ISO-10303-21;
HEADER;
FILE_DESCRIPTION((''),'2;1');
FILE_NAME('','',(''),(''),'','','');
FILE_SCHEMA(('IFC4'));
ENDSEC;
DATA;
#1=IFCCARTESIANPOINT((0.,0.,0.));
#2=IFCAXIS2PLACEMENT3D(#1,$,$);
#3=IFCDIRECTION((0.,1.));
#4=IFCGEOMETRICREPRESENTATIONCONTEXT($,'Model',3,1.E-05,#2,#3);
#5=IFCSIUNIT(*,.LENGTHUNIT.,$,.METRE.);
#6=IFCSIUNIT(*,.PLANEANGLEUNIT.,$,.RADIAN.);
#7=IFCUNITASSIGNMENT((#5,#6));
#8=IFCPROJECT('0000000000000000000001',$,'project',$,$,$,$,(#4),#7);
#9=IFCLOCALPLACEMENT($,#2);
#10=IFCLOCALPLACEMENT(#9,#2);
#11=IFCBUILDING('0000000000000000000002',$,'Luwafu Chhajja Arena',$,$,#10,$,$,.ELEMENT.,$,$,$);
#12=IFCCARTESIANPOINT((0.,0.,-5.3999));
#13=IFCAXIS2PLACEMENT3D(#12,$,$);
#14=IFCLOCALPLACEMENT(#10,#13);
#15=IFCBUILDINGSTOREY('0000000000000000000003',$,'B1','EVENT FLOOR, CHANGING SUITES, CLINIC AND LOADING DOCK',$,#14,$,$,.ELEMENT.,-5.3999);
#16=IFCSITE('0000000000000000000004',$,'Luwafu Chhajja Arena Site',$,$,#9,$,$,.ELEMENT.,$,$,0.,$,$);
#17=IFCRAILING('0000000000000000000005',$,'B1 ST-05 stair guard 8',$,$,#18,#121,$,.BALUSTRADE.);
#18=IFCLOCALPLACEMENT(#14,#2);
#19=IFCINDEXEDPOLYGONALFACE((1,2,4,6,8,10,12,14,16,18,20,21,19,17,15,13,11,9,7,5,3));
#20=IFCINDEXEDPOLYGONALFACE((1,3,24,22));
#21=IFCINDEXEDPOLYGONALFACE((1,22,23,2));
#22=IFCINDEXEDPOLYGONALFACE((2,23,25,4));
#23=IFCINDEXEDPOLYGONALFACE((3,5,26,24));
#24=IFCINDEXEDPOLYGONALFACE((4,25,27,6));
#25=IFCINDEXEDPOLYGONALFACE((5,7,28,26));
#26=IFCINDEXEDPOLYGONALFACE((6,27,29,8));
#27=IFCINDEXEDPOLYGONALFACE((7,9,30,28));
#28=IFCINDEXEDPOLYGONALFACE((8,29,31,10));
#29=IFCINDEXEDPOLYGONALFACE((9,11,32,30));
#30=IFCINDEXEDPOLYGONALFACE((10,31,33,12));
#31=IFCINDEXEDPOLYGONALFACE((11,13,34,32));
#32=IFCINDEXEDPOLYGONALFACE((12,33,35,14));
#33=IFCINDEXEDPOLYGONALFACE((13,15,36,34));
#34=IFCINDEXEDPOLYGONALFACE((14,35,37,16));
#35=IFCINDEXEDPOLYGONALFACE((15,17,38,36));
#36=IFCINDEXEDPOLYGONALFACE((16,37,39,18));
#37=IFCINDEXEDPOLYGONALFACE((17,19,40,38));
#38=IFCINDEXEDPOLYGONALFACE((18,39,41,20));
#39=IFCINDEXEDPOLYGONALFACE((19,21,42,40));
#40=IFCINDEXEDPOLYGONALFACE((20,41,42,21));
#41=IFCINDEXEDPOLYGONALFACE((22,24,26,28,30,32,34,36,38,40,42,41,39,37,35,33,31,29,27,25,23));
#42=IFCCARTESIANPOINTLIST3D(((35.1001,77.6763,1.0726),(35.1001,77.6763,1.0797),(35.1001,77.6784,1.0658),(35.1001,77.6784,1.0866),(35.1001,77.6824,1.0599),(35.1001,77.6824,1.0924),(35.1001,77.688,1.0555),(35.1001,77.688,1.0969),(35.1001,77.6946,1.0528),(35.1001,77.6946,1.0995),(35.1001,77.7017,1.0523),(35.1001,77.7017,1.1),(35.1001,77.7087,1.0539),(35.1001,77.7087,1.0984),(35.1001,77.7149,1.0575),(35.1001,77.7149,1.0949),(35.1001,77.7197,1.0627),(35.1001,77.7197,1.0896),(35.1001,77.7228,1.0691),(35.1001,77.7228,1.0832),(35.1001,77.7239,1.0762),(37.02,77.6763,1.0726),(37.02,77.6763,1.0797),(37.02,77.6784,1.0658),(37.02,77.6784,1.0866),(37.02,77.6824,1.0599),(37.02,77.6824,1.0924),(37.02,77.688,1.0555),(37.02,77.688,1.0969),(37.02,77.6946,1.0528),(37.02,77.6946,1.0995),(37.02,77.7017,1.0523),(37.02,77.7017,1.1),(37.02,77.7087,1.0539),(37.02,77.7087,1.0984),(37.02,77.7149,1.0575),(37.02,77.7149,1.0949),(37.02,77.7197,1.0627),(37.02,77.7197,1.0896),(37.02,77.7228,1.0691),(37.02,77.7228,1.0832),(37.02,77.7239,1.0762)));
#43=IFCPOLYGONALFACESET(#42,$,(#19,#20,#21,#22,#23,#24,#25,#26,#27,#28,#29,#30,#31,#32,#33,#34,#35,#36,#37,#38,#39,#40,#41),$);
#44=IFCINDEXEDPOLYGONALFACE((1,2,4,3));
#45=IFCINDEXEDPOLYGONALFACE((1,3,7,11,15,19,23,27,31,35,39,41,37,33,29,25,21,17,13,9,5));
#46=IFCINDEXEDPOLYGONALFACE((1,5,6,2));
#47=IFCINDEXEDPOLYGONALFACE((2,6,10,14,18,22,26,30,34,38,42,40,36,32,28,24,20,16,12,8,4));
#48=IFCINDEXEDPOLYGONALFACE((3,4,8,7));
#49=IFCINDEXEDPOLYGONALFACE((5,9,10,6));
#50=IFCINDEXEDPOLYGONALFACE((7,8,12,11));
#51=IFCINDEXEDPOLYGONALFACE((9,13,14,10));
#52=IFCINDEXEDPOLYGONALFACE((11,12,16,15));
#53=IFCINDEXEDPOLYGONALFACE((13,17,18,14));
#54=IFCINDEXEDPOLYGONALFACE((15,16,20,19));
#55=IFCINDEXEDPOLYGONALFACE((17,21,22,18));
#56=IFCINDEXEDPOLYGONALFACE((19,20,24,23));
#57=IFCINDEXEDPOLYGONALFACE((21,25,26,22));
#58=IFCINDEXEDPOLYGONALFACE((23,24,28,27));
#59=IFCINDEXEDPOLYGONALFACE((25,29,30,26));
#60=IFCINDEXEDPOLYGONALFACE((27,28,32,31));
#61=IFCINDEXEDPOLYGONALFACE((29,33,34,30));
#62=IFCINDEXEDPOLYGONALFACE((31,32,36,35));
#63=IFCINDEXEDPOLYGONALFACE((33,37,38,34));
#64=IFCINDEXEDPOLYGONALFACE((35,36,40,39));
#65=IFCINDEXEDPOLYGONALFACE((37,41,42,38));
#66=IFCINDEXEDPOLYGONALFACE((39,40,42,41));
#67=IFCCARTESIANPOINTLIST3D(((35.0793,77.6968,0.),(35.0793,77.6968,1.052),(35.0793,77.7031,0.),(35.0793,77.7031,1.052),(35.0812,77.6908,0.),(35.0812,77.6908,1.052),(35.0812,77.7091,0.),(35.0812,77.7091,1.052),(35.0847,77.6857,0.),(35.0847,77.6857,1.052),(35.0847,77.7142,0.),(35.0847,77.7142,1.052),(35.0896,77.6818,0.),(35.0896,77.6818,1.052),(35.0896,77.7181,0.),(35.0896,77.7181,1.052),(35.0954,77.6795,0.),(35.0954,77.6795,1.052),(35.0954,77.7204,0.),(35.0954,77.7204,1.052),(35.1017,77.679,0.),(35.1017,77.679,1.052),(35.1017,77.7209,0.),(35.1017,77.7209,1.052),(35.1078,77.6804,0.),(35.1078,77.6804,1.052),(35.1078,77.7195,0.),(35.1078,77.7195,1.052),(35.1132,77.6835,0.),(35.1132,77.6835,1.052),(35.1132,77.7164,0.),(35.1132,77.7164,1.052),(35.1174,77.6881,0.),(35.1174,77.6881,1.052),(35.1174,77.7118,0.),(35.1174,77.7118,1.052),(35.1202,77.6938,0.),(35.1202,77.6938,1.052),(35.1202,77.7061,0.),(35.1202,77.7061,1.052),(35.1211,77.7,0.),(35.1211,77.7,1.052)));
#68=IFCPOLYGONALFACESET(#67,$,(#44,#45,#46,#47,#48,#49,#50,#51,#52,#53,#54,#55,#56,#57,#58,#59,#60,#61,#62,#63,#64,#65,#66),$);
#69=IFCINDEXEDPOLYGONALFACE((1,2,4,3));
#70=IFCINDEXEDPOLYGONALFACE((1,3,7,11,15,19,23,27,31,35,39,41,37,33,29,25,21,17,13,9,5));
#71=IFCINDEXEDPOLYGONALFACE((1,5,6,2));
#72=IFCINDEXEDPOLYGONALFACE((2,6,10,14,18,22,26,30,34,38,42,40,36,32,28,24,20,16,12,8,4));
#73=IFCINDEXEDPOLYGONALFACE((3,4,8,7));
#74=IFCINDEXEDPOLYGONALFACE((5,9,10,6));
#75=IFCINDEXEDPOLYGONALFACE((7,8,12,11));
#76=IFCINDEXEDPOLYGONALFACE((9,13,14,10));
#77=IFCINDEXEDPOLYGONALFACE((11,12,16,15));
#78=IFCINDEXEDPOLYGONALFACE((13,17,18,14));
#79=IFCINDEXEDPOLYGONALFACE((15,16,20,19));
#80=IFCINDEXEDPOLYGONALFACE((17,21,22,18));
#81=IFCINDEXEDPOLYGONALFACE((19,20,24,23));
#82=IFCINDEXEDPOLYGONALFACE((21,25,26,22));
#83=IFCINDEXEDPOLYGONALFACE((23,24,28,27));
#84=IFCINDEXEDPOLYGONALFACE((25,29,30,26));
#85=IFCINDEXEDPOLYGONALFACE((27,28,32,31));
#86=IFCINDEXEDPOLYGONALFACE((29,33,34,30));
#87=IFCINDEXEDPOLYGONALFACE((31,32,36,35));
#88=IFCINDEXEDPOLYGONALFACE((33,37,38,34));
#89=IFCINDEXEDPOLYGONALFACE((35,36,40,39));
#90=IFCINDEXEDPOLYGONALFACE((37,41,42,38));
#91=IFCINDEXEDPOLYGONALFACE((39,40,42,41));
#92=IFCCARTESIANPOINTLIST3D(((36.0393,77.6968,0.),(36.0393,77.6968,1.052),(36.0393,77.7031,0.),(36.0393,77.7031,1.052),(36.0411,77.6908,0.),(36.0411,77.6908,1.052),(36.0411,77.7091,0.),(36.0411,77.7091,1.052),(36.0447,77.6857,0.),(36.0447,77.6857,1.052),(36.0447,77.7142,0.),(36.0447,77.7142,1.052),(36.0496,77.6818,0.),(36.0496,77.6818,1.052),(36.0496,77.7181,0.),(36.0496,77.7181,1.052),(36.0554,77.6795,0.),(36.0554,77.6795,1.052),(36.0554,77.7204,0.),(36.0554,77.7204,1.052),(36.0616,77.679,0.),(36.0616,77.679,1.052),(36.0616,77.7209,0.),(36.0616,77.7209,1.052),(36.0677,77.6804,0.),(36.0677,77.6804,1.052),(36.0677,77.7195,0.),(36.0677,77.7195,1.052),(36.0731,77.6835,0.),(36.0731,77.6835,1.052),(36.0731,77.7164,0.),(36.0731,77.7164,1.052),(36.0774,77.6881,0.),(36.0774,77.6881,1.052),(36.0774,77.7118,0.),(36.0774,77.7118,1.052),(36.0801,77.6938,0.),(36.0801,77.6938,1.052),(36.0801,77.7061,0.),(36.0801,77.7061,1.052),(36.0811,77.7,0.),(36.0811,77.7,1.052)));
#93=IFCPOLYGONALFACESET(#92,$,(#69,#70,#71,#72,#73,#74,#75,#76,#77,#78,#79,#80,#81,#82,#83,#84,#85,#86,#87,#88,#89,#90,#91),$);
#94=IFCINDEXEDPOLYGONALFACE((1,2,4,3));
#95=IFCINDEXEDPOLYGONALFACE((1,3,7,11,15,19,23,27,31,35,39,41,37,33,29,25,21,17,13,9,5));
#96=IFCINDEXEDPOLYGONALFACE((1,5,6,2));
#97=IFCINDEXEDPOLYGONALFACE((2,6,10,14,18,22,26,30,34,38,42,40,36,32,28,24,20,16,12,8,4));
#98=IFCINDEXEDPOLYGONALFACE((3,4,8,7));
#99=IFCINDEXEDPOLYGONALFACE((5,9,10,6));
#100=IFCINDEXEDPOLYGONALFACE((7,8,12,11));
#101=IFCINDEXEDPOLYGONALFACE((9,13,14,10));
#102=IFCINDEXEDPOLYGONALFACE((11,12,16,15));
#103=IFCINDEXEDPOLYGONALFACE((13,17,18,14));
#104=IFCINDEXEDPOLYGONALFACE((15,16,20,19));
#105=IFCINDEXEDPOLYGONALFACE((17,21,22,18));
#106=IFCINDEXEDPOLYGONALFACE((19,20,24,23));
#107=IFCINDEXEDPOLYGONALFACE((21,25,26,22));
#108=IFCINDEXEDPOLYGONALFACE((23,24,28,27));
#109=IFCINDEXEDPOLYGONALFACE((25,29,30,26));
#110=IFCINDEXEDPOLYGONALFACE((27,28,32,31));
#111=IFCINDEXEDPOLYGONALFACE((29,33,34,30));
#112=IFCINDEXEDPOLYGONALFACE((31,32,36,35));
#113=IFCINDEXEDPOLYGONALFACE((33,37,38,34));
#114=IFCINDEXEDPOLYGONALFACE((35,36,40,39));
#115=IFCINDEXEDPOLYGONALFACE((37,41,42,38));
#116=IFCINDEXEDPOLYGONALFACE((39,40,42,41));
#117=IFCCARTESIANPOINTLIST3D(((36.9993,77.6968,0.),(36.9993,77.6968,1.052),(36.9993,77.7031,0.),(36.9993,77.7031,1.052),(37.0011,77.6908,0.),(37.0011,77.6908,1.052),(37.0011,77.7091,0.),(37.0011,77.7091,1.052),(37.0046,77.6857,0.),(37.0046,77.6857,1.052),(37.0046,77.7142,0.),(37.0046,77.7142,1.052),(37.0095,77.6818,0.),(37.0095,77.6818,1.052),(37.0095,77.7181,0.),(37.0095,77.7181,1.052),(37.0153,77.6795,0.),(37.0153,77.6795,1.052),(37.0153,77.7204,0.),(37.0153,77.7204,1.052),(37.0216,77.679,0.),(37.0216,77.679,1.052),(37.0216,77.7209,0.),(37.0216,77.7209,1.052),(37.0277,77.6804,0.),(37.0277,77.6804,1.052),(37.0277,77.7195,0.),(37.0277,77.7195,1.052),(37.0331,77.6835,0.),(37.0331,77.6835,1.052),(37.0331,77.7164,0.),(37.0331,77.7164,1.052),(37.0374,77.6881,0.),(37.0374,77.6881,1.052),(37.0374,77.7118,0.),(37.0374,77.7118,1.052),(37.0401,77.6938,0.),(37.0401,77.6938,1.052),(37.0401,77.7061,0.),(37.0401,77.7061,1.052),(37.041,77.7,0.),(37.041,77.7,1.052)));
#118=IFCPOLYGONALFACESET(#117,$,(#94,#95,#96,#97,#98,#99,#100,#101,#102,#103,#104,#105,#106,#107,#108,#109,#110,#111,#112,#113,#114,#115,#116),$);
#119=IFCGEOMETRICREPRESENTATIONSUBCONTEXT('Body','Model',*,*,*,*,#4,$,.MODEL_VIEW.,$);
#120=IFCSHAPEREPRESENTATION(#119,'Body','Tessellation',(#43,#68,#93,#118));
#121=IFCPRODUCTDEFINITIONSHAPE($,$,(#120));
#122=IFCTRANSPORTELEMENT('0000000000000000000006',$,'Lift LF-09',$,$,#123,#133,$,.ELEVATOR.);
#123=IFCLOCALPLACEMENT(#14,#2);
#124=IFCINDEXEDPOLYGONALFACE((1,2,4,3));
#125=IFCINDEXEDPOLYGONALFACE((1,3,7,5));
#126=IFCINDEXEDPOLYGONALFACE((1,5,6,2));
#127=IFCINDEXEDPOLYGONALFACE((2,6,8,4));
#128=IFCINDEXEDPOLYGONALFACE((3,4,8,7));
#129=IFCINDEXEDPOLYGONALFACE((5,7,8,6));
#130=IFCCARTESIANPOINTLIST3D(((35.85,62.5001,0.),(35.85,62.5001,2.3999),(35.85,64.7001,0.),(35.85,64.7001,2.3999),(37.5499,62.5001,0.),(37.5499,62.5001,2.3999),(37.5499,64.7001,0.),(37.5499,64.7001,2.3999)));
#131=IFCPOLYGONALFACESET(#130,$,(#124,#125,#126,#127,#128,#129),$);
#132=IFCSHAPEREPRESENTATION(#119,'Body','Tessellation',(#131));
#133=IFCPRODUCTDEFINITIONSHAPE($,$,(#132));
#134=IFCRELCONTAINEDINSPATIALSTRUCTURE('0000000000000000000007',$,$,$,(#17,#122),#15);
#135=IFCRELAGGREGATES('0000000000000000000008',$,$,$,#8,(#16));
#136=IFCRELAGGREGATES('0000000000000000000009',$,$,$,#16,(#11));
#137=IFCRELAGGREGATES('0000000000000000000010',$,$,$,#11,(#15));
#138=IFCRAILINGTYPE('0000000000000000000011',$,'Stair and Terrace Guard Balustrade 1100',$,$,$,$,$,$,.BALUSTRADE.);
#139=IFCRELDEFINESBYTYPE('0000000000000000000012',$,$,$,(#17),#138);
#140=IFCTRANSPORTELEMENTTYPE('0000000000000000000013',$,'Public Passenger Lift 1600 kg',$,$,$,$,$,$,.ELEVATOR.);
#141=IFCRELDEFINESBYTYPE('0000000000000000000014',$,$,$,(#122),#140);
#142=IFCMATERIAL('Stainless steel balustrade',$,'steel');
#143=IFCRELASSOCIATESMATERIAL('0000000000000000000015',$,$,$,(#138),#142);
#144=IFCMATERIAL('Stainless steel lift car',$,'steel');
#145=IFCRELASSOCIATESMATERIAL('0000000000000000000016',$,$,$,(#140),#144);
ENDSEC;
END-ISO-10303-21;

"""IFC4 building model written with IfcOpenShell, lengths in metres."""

from ifc_helpers import new_model, si_unit, direction, frame, origin, origin_2d, place, context, subcontext, project, spatial, rectangle, circle, extrude, material, type_object, element, save


model = new_model("IFC4")

# Units and contexts
model_context = context("Model", 3, precision=1e-05, world=origin(), true_north=direction((0.0, 1.0)))
body_context = subcontext(model_context, "Body", "Model", "MODEL_VIEW")
ifc_project = project(units=[si_unit("LENGTHUNIT", "METRE"), si_unit("PLANEANGLEUNIT", "RADIAN")], contexts=[model_context])

# Site, building, storey
site_placement = place(None, origin())
site = spatial("IfcSite", under=ifc_project, at=site_placement, Name="Luwafu Chhajja Arena Site", CompositionType="ELEMENT", RefElevation=0.0)
building_placement = place(site_placement, origin())
building = spatial("IfcBuilding", under=site, at=building_placement, Name="Luwafu Chhajja Arena", CompositionType="ELEMENT")
storey_placement = place(building_placement, frame((0.0, 0.0, -5.3999)))
storey = spatial("IfcBuildingStorey", under=building, at=storey_placement, Name="B1", Description="EVENT FLOOR, CHANGING SUITES, CLINIC AND LOADING DOCK", CompositionType="ELEMENT", Elevation=-5.3999)

# Railing
ifc_material_1 = material(Name="Stainless steel balustrade", Category="steel")
railing_type_1 = type_object("IfcRailingType", Name="Stair and Terrace Guard Balustrade 1100", PredefinedType="BALUSTRADE", material=ifc_material_1)
railing_1_placement = place(storey_placement, frame((35.1001, 77.7, 0.0)))
element("IfcRailing", 1, at=railing_1_placement, inside=storey, type_object=railing_type_1, Name="B1 ST-05 stair guard 8", PredefinedType="BALUSTRADE", context=body_context, shape_type="SweptSolid", body=[
    extrude(circle(Radius=0.0239, at=origin_2d()), frame((0.0, 0.0, 1.0762), z_axis=(1.0, 0.0, 0.0), x_axis=(0.0, 1.0, 0.0)), (0.0, 0.0, 1.0), 1.9199),
    extrude(circle(Radius=0.021, at=origin_2d()), origin(), (0.0, 0.0, 1.0), 1.052),
    extrude(circle(Radius=0.021, at=origin_2d()), frame((0.96, 0.0, 0.0)), (0.0, 0.0, 1.0), 1.052),
    extrude(circle(Radius=0.021, at=origin_2d()), frame((1.9199, 0.0, 0.0)), (0.0, 0.0, 1.0), 1.052),
])

# Transport element
ifc_material_2 = material(Name="Stainless steel lift car", Category="steel")
transport_element_type = type_object("IfcTransportElementType", Name="Public Passenger Lift 1600 kg", PredefinedType="ELEVATOR", material=ifc_material_2)
transport_element_placement = place(storey_placement, frame((36.7, 63.6001, 0.0), z_axis=(0.0, 0.0, 1.0), x_axis=(1.0, 0.0, 0.0)))
element("IfcTransportElement", 2, at=transport_element_placement, inside=storey, type_object=transport_element_type, Name="Lift LF-09", PredefinedType="ELEVATOR", context=body_context, shape_type="SweptSolid", body=[
    extrude(rectangle(XDim=1.7, YDim=2.2, at=origin_2d()), origin(), (0.0, 0.0, 1.0), 2.3999),
])

save(model, "model.ifc")
